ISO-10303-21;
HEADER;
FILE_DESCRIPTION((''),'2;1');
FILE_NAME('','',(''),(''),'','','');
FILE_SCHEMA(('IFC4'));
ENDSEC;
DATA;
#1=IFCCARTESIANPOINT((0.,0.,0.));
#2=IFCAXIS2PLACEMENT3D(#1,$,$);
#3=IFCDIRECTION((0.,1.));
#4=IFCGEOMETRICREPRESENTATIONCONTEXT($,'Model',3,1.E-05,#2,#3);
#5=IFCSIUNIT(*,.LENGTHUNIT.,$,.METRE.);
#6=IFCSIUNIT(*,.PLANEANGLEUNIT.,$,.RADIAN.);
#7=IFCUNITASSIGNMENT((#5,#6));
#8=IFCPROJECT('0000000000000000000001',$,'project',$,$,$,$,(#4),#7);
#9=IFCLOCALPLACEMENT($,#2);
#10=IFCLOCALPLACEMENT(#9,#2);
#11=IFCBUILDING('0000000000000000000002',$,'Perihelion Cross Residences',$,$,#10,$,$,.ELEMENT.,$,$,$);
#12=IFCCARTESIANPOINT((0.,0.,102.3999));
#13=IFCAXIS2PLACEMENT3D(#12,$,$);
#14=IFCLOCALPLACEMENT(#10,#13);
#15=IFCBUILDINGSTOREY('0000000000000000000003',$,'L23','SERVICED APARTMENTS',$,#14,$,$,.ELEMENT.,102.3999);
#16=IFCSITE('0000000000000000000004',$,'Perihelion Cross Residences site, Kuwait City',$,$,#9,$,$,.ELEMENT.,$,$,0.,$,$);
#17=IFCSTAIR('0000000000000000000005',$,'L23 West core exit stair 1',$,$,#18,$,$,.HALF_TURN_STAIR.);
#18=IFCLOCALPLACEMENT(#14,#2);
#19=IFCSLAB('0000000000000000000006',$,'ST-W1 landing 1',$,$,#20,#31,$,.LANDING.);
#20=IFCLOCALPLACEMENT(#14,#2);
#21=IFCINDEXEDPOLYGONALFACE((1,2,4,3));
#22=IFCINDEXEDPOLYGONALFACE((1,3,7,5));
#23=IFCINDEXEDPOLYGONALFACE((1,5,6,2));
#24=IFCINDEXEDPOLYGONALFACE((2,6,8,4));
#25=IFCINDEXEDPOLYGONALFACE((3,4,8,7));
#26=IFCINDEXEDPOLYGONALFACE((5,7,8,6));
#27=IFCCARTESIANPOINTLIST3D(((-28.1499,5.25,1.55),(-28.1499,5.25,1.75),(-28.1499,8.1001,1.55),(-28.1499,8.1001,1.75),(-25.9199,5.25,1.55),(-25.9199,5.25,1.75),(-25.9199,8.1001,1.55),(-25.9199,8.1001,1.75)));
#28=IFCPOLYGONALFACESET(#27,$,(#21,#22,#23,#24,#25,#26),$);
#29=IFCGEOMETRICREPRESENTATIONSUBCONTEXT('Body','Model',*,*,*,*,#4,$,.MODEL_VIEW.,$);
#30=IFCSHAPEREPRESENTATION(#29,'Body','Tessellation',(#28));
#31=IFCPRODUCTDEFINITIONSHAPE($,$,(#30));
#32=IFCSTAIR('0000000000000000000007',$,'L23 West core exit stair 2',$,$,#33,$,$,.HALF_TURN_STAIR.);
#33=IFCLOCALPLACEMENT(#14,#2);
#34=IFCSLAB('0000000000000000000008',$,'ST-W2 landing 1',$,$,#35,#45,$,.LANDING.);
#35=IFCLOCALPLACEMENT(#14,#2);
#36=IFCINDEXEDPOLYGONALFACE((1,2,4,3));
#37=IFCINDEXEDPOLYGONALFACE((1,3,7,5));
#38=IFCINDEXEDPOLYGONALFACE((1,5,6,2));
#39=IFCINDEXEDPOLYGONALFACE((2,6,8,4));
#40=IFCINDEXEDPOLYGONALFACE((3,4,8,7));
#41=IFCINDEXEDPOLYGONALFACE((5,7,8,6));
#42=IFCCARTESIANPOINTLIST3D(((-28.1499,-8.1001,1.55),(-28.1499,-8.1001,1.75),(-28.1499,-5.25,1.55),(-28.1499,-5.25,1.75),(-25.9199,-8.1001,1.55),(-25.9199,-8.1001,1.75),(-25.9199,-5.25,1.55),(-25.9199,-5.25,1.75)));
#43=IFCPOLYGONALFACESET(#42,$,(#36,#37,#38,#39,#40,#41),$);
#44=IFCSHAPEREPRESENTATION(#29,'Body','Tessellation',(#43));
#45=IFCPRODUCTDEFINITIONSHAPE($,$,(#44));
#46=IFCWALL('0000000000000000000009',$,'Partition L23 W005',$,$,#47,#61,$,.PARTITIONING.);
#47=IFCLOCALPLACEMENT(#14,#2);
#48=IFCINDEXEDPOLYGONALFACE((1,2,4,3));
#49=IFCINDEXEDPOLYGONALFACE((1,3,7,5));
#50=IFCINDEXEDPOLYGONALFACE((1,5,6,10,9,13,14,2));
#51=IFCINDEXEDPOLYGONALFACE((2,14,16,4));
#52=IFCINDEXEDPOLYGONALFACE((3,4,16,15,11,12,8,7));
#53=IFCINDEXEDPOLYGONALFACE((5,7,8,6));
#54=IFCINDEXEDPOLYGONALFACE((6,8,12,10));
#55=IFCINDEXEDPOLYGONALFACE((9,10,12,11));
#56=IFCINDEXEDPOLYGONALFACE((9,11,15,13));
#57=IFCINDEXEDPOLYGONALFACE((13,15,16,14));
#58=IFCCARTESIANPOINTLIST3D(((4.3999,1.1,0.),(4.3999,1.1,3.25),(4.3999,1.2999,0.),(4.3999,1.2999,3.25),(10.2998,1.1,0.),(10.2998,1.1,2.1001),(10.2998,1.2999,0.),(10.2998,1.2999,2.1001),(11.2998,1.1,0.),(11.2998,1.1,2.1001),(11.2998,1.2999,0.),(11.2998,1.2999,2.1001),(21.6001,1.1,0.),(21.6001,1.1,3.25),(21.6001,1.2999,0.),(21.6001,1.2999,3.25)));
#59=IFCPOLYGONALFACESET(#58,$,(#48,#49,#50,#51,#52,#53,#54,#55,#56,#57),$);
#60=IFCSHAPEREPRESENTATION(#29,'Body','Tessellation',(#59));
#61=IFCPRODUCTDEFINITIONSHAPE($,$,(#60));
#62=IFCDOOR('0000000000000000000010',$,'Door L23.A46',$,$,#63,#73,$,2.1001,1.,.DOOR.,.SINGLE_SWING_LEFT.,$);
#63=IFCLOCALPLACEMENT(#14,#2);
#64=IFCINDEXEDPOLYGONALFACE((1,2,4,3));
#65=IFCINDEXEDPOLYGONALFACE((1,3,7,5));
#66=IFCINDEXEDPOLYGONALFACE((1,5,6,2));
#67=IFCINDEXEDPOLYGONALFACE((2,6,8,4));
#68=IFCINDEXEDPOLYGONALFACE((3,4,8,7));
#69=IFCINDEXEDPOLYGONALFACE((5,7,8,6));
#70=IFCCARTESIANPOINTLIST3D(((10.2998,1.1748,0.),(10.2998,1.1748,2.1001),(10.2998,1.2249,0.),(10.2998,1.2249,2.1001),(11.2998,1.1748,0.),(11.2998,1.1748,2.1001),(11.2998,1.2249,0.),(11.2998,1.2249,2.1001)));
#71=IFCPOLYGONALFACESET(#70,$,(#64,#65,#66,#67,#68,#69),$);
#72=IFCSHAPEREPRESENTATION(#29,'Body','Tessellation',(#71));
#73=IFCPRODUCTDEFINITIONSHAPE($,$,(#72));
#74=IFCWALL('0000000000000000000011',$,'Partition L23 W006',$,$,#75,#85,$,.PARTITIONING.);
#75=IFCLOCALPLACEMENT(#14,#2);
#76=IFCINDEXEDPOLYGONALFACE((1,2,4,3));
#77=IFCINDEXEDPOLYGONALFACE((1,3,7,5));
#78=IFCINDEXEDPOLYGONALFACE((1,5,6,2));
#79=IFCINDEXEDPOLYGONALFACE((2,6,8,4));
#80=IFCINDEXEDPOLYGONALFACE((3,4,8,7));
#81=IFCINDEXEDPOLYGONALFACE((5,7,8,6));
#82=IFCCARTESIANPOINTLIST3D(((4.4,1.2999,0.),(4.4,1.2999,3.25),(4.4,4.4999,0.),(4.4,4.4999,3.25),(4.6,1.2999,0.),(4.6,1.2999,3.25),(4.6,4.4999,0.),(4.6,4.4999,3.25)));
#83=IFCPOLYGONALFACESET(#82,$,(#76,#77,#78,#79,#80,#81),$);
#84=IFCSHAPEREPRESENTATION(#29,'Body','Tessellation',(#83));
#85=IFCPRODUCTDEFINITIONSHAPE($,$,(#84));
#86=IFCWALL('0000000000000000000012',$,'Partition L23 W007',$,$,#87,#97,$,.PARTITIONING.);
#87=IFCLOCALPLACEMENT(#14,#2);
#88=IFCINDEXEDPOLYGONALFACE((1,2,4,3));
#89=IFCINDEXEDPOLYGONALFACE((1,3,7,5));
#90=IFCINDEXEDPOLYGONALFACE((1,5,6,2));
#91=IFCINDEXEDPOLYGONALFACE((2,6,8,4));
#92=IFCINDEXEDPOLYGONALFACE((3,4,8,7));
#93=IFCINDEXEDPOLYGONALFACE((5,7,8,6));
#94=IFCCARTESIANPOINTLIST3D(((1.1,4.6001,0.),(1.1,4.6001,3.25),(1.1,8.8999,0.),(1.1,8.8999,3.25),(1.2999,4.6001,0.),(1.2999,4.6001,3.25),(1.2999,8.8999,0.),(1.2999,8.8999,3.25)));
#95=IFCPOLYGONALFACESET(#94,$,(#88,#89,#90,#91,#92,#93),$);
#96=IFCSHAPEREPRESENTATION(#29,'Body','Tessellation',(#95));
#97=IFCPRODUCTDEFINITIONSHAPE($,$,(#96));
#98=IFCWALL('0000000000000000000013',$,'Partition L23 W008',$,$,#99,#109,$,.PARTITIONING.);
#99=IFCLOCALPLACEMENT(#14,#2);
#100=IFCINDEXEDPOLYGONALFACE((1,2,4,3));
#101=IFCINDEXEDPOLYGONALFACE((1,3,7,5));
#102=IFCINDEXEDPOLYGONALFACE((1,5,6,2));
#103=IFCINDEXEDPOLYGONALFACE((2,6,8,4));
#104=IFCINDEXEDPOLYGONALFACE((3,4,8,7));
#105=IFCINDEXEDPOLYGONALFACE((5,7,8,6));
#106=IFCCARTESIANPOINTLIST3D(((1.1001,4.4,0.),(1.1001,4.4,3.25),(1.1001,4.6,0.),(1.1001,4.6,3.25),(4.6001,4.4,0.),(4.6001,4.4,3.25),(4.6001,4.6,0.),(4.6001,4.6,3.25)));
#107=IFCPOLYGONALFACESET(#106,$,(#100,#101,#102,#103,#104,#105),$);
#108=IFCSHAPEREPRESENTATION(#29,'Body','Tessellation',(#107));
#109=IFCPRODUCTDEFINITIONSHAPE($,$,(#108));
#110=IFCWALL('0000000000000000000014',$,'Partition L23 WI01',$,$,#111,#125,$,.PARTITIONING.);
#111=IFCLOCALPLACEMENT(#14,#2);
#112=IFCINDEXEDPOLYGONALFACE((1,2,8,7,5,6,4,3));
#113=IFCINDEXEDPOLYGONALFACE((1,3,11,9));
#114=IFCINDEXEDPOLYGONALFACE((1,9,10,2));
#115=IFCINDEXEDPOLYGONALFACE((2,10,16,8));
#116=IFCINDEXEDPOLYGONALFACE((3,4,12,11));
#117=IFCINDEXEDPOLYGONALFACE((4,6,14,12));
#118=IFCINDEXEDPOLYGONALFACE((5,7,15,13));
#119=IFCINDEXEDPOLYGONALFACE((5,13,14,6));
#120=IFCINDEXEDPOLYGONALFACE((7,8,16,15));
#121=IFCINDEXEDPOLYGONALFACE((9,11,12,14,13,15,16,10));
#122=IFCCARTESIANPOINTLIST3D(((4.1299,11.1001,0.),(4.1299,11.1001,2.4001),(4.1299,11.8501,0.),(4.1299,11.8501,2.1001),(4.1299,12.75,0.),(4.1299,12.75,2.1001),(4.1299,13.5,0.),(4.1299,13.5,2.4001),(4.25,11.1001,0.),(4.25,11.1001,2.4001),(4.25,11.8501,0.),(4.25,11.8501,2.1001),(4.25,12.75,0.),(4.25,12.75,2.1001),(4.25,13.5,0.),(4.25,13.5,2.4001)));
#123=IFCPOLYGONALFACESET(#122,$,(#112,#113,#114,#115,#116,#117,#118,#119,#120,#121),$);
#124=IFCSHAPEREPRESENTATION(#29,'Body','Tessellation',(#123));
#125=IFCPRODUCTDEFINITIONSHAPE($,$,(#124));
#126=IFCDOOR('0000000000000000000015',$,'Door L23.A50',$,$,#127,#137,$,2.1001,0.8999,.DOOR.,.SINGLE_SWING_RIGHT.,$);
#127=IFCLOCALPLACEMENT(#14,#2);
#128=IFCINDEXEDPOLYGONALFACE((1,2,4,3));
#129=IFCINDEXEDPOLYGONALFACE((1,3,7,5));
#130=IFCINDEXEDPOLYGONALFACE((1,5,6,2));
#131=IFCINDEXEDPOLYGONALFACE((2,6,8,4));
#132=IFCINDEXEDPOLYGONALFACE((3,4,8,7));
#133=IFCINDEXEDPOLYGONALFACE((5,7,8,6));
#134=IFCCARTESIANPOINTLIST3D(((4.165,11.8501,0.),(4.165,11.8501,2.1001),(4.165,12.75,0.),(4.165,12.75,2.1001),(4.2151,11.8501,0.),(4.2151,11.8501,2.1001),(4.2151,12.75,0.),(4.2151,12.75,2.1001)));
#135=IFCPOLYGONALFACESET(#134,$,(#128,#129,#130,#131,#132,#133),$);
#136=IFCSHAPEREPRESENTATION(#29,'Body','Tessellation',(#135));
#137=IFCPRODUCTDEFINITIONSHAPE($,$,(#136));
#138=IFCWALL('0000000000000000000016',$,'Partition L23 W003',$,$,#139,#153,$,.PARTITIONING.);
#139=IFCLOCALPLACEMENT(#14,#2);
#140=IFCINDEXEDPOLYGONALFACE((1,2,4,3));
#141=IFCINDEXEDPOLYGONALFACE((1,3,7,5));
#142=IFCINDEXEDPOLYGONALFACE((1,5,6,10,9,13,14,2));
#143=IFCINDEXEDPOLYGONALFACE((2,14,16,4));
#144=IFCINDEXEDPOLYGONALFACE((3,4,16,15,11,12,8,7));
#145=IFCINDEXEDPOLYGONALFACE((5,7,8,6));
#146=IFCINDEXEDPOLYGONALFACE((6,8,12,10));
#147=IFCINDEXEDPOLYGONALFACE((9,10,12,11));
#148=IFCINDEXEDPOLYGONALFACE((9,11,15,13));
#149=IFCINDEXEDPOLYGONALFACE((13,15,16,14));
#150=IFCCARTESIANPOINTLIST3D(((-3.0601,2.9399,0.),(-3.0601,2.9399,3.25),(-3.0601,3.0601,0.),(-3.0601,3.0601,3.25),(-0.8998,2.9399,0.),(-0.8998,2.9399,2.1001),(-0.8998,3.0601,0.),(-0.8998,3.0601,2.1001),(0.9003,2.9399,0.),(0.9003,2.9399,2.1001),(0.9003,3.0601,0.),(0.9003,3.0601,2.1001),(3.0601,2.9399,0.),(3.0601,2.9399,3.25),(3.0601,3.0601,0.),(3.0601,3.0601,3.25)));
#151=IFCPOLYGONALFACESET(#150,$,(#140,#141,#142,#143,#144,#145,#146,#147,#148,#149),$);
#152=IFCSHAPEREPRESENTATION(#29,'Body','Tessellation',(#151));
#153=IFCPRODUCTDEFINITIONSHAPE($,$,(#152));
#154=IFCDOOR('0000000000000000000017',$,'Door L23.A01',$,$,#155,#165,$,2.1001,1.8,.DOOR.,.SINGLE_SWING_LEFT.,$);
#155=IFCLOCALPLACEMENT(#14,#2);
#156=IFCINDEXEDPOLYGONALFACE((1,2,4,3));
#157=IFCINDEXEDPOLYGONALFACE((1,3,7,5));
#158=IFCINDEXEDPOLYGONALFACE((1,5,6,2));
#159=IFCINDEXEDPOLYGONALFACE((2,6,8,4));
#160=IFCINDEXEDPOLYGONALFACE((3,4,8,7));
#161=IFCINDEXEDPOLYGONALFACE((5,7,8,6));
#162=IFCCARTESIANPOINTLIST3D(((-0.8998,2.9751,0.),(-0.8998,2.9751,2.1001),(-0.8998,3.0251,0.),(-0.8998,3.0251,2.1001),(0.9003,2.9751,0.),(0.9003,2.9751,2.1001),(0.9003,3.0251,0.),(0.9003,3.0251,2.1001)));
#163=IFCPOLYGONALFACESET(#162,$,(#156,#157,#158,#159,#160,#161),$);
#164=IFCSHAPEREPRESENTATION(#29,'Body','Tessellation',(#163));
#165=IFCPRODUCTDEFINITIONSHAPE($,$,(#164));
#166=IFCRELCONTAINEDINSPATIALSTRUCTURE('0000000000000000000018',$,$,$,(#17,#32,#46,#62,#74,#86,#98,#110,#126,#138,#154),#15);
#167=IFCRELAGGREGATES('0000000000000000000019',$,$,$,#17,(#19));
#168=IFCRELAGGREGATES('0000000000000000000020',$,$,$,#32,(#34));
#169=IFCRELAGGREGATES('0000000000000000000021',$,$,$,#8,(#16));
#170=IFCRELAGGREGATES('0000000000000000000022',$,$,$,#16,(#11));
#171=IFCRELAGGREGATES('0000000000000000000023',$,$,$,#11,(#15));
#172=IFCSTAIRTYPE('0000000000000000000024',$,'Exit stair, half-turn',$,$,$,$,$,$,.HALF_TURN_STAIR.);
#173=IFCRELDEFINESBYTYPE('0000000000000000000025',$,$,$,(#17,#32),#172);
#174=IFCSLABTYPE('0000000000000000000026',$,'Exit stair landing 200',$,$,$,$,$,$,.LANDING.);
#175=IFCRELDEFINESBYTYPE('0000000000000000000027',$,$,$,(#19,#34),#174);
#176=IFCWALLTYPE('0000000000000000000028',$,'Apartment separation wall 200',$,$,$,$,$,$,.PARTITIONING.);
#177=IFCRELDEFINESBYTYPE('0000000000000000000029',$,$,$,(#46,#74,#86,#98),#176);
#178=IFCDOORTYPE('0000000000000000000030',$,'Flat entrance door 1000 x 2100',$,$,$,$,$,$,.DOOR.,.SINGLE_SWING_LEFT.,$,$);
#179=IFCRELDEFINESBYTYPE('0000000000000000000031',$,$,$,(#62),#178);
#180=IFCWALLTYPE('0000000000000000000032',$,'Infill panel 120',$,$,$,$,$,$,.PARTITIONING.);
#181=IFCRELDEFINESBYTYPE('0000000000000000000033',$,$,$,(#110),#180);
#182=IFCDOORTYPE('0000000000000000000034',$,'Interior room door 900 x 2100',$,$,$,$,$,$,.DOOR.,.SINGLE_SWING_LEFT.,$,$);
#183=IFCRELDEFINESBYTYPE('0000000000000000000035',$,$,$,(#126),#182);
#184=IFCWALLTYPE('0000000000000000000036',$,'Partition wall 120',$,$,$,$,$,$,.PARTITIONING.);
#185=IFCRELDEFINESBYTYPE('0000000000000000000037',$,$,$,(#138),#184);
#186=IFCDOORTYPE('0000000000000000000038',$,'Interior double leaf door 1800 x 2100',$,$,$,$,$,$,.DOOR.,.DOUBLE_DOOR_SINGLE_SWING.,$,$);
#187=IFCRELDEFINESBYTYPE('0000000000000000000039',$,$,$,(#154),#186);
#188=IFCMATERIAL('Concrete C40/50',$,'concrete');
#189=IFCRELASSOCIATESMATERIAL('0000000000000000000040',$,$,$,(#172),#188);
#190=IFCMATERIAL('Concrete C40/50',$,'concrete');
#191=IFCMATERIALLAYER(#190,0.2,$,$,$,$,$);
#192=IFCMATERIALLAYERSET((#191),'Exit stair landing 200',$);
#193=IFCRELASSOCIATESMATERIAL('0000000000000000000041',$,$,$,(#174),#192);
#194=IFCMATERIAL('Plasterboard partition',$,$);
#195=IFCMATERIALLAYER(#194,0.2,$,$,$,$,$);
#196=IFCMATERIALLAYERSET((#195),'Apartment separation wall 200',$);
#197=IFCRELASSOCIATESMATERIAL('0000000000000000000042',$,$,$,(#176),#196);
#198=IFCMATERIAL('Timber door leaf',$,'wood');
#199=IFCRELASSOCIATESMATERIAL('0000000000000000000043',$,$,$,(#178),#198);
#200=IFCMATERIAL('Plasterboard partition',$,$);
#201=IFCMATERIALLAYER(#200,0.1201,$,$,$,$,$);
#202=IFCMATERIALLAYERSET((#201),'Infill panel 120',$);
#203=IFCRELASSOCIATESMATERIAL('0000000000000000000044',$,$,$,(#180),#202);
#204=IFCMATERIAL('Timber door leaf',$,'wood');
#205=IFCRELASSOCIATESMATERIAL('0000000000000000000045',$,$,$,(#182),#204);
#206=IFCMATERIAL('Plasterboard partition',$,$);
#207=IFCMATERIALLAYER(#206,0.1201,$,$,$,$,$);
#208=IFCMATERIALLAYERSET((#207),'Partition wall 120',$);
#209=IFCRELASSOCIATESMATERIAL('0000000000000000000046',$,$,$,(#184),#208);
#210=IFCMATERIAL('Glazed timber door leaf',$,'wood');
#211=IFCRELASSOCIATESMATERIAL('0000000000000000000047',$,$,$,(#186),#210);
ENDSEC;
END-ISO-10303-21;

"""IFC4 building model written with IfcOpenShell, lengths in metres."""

from ifc_helpers import new_model, si_unit, direction, frame, frame_2d, origin, place, context, subcontext, project, spatial, polyline, rectangle, outline, extrude, material, layer, layer_set, type_object, element, fill, aggregate, save


model = new_model("IFC4")

# Units and contexts
model_context = context("Model", 3, precision=1e-05, world=origin(), true_north=direction((0.0, 1.0)))
body_context = subcontext(model_context, "Body", "Model", "MODEL_VIEW")
ifc_project = project(units=[si_unit("LENGTHUNIT", "METRE"), si_unit("PLANEANGLEUNIT", "RADIAN")], contexts=[model_context])

# Site, building, storey
site_placement = place(None, origin())
site = spatial("IfcSite", under=ifc_project, at=site_placement, Name="Perihelion Cross Residences site, Kuwait City", CompositionType="ELEMENT", RefElevation=0.0)
building_placement = place(site_placement, origin())
building = spatial("IfcBuilding", under=site, at=building_placement, Name="Perihelion Cross Residences", CompositionType="ELEMENT")
storey_placement = place(building_placement, frame((0.0, 0.0, 102.3999)))
storey = spatial("IfcBuildingStorey", under=building, at=storey_placement, Name="L23", Description="SERVICED APARTMENTS", CompositionType="ELEMENT", Elevation=102.3999)

# Stairs, slabs
ifc_material_1 = material(Name="Concrete C40/50", Category="concrete")
stair_type = type_object("IfcStairType", Name="Exit stair, half-turn", PredefinedType="HALF_TURN_STAIR", material=ifc_material_1)
ifc_material_2 = material(Name="Concrete C40/50", Category="concrete")
ifc_layer_1 = layer(ifc_material_2, 0.2)
ifc_layer_set_1 = layer_set([ifc_layer_1], Name="Exit stair landing 200")
slab_type_1 = type_object("IfcSlabType", Name="Exit stair landing 200", PredefinedType="LANDING", material=ifc_layer_set_1)
stair_1_placement = place(storey_placement, origin())
stair_1 = element("IfcStair", 1, at=stair_1_placement, inside=storey, type_object=stair_type, Name="L23 West core exit stair 1", PredefinedType="HALF_TURN_STAIR")
slab_1_placement = place(storey_placement, frame((0.0, 0.0, 1.55)))
slab_1 = element("IfcSlab", 2, at=slab_1_placement, type_object=slab_type_1, Name="ST-W1 landing 1", PredefinedType="LANDING", context=body_context, shape_type="SweptSolid", body=[
    extrude(outline(polyline([(-25.9199, 8.1001), (-28.1499, 8.1001), (-28.1499, 5.25), (-25.9199, 5.25), (-25.9199, 8.1001)])), origin(), (0.0, 0.0, 1.0), 0.2),
])
aggregate(stair_1, [slab_1])
stair_2_placement = place(storey_placement, origin())
stair_2 = element("IfcStair", 3, at=stair_2_placement, inside=storey, type_object=stair_type, Name="L23 West core exit stair 2", PredefinedType="HALF_TURN_STAIR")
slab_2_placement = place(storey_placement, frame((0.0, 0.0, 1.55)))
slab_2 = element("IfcSlab", 4, at=slab_2_placement, type_object=slab_type_1, Name="ST-W2 landing 1", PredefinedType="LANDING", context=body_context, shape_type="SweptSolid", body=[
    extrude(outline(polyline([(-25.9199, -5.25), (-28.1499, -5.25), (-28.1499, -8.1001), (-25.9199, -8.1001), (-25.9199, -5.25)])), origin(), (0.0, 0.0, 1.0), 0.2),
])
aggregate(stair_2, [slab_2])

# Wall, opening, door
ifc_material_3 = material(Name="Plasterboard partition")
ifc_layer_2 = layer(ifc_material_3, 0.2)
ifc_layer_set_2 = layer_set([ifc_layer_2], Name="Apartment separation wall 200")
wall_type_1 = type_object("IfcWallType", Name="Apartment separation wall 200", PredefinedType="PARTITIONING", material=ifc_layer_set_2)
wall_1_placement = place(storey_placement, frame((4.3999, 1.2, 0.0), z_axis=(0.0, 0.0, 1.0), x_axis=(1.0, 0.0, 0.0)))
wall_1 = element("IfcWall", 5, at=wall_1_placement, inside=storey, type_object=wall_type_1, Name="Partition L23 W005", PredefinedType="PARTITIONING", context=body_context, shape_type="SweptSolid", body=[
    extrude(rectangle(XDim=17.2002, YDim=0.2, at=frame_2d((8.6001, 0.0))), origin(), (0.0, 0.0, 1.0), 3.25),
])
opening_1_placement = place(wall_1_placement, frame((5.8999, 0.0, 0.0)))
opening_1 = element("IfcOpeningElement", 6, at=opening_1_placement, cuts=wall_1, PredefinedType="OPENING", context=body_context, shape_type="SweptSolid", body=[
    extrude(rectangle(XDim=1.0, YDim=2.1001, at=frame_2d((0.5, 1.05))), frame((0.0, 0.1099, 0.0), z_axis=(0.0, -1.0, 0.0), x_axis=(1.0, 0.0, 0.0)), (0.0, 0.0, 1.0), 0.22),
])
ifc_material_4 = material(Name="Timber door leaf", Category="wood")
door_type_1 = type_object("IfcDoorType", Name="Flat entrance door 1000 x 2100", OperationType="SINGLE_SWING_LEFT", PredefinedType="DOOR", material=ifc_material_4)
door_1_placement = place(opening_1_placement, origin())
door_1 = element("IfcDoor", 7, at=door_1_placement, inside=storey, type_object=door_type_1, Name="Door L23.A46", OperationType="SINGLE_SWING_LEFT", OverallHeight=2.1001, OverallWidth=1.0, PredefinedType="DOOR", context=body_context, shape_type="SweptSolid", body=[
    extrude(rectangle(XDim=1.0, YDim=2.1001, at=frame_2d((0.5, 1.05))), frame((0.0, 0.0249, 0.0), z_axis=(0.0, -1.0, 0.0), x_axis=(1.0, 0.0, 0.0)), (0.0, 0.0, 1.0), 0.05),
])
fill(opening_1, door_1)

# Walls
wall_2_placement = place(storey_placement, frame((4.5, 4.5, 0.0), z_axis=(0.0, 0.0, 1.0), x_axis=(0.0, -1.0, 0.0)))
element("IfcWall", 8, at=wall_2_placement, inside=storey, type_object=wall_type_1, Name="Partition L23 W006", PredefinedType="PARTITIONING", context=body_context, shape_type="SweptSolid", body=[
    extrude(rectangle(XDim=3.2, YDim=0.2, at=frame_2d((1.6001, 0.0))), origin(), (0.0, 0.0, 1.0), 3.25),
])
wall_3_placement = place(storey_placement, frame((1.2, 8.8999, 0.0), z_axis=(0.0, 0.0, 1.0), x_axis=(0.0, -1.0, 0.0)))
element("IfcWall", 9, at=wall_3_placement, inside=storey, type_object=wall_type_1, Name="Partition L23 W007", PredefinedType="PARTITIONING", context=body_context, shape_type="SweptSolid", body=[
    extrude(rectangle(XDim=4.2998, YDim=0.2, at=frame_2d((2.1499, 0.0))), origin(), (0.0, 0.0, 1.0), 3.25),
])
wall_4_placement = place(storey_placement, frame((1.1001, 4.5, 0.0), z_axis=(0.0, 0.0, 1.0), x_axis=(1.0, 0.0, 0.0)))
element("IfcWall", 10, at=wall_4_placement, inside=storey, type_object=wall_type_1, Name="Partition L23 W008", PredefinedType="PARTITIONING", context=body_context, shape_type="SweptSolid", body=[
    extrude(rectangle(XDim=3.5, YDim=0.2, at=frame_2d((1.75, 0.0))), origin(), (0.0, 0.0, 1.0), 3.25),
])

# Walls, openings, doors
ifc_material_5 = material(Name="Plasterboard partition")
ifc_layer_3 = layer(ifc_material_5, 0.1201)
ifc_layer_set_3 = layer_set([ifc_layer_3], Name="Infill panel 120")
wall_type_2 = type_object("IfcWallType", Name="Infill panel 120", PredefinedType="PARTITIONING", material=ifc_layer_set_3)
wall_5_placement = place(storey_placement, frame((4.1899, 11.1001, 0.0), z_axis=(0.0, 0.0, 1.0), x_axis=(0.0, 1.0, 0.0)))
wall_5 = element("IfcWall", 11, at=wall_5_placement, inside=storey, type_object=wall_type_2, Name="Partition L23 WI01", PredefinedType="PARTITIONING", context=body_context, shape_type="SweptSolid", body=[
    extrude(rectangle(XDim=2.3999, YDim=0.1201, at=frame_2d((1.2, 0.0))), origin(), (0.0, 0.0, 1.0), 2.4001),
])
opening_2_placement = place(wall_5_placement, frame((0.75, 0.0, 0.0)))
opening_2 = element("IfcOpeningElement", 12, at=opening_2_placement, cuts=wall_5, PredefinedType="OPENING", context=body_context, shape_type="SweptSolid", body=[
    extrude(rectangle(XDim=0.8999, YDim=2.1001, at=frame_2d((0.45, 1.05))), frame((0.0, 0.0701, 0.0), z_axis=(0.0, -1.0, 0.0), x_axis=(1.0, 0.0, 0.0)), (0.0, 0.0, 1.0), 0.1401),
])
ifc_material_6 = material(Name="Timber door leaf", Category="wood")
door_type_2 = type_object("IfcDoorType", Name="Interior room door 900 x 2100", OperationType="SINGLE_SWING_LEFT", PredefinedType="DOOR", material=ifc_material_6)
door_2_placement = place(opening_2_placement, origin())
door_2 = element("IfcDoor", 13, at=door_2_placement, inside=storey, type_object=door_type_2, Name="Door L23.A50", OperationType="SINGLE_SWING_RIGHT", OverallHeight=2.1001, OverallWidth=0.8999, PredefinedType="DOOR", context=body_context, shape_type="SweptSolid", body=[
    extrude(rectangle(XDim=0.8999, YDim=2.1001, at=frame_2d((0.45, 1.05))), frame((0.0, 0.0249, 0.0), z_axis=(0.0, -1.0, 0.0), x_axis=(1.0, 0.0, 0.0)), (0.0, 0.0, 1.0), 0.05),
])
fill(opening_2, door_2)
ifc_material_7 = material(Name="Plasterboard partition")
ifc_layer_4 = layer(ifc_material_7, 0.1201)
ifc_layer_set_4 = layer_set([ifc_layer_4], Name="Partition wall 120")
wall_type_3 = type_object("IfcWallType", Name="Partition wall 120", PredefinedType="PARTITIONING", material=ifc_layer_set_4)
wall_6_placement = place(storey_placement, frame((3.0601, 3.0, 0.0), z_axis=(0.0, 0.0, 1.0), x_axis=(-1.0, 0.0, 0.0)))
wall_6 = element("IfcWall", 14, at=wall_6_placement, inside=storey, type_object=wall_type_3, Name="Partition L23 W003", PredefinedType="PARTITIONING", context=body_context, shape_type="SweptSolid", body=[
    extrude(rectangle(XDim=6.1201, YDim=0.1201, at=frame_2d((3.0601, 0.0))), origin(), (0.0, 0.0, 1.0), 3.25),
])
opening_3_placement = place(wall_6_placement, frame((2.1599, 0.0, 0.0)))
opening_3 = element("IfcOpeningElement", 15, at=opening_3_placement, cuts=wall_6, PredefinedType="OPENING", context=body_context, shape_type="SweptSolid", body=[
    extrude(rectangle(XDim=1.8, YDim=2.1001, at=frame_2d((0.8999, 1.05))), frame((0.0, 0.0701, 0.0), z_axis=(0.0, -1.0, 0.0), x_axis=(1.0, 0.0, 0.0)), (0.0, 0.0, 1.0), 0.1401),
])
ifc_material_8 = material(Name="Glazed timber door leaf", Category="wood")
door_type_3 = type_object("IfcDoorType", Name="Interior double leaf door 1800 x 2100", OperationType="DOUBLE_DOOR_SINGLE_SWING", PredefinedType="DOOR", material=ifc_material_8)
door_3_placement = place(opening_3_placement, origin())
door_3 = element("IfcDoor", 16, at=door_3_placement, inside=storey, type_object=door_type_3, Name="Door L23.A01", OperationType="SINGLE_SWING_LEFT", OverallHeight=2.1001, OverallWidth=1.8, PredefinedType="DOOR", context=body_context, shape_type="SweptSolid", body=[
    extrude(rectangle(XDim=1.8, YDim=2.1001, at=frame_2d((0.8999, 1.05))), frame((0.0, 0.0249, 0.0), z_axis=(0.0, -1.0, 0.0), x_axis=(1.0, 0.0, 0.0)), (0.0, 0.0, 1.0), 0.05),
])
fill(opening_3, door_3)

save(model, "model.ifc")
